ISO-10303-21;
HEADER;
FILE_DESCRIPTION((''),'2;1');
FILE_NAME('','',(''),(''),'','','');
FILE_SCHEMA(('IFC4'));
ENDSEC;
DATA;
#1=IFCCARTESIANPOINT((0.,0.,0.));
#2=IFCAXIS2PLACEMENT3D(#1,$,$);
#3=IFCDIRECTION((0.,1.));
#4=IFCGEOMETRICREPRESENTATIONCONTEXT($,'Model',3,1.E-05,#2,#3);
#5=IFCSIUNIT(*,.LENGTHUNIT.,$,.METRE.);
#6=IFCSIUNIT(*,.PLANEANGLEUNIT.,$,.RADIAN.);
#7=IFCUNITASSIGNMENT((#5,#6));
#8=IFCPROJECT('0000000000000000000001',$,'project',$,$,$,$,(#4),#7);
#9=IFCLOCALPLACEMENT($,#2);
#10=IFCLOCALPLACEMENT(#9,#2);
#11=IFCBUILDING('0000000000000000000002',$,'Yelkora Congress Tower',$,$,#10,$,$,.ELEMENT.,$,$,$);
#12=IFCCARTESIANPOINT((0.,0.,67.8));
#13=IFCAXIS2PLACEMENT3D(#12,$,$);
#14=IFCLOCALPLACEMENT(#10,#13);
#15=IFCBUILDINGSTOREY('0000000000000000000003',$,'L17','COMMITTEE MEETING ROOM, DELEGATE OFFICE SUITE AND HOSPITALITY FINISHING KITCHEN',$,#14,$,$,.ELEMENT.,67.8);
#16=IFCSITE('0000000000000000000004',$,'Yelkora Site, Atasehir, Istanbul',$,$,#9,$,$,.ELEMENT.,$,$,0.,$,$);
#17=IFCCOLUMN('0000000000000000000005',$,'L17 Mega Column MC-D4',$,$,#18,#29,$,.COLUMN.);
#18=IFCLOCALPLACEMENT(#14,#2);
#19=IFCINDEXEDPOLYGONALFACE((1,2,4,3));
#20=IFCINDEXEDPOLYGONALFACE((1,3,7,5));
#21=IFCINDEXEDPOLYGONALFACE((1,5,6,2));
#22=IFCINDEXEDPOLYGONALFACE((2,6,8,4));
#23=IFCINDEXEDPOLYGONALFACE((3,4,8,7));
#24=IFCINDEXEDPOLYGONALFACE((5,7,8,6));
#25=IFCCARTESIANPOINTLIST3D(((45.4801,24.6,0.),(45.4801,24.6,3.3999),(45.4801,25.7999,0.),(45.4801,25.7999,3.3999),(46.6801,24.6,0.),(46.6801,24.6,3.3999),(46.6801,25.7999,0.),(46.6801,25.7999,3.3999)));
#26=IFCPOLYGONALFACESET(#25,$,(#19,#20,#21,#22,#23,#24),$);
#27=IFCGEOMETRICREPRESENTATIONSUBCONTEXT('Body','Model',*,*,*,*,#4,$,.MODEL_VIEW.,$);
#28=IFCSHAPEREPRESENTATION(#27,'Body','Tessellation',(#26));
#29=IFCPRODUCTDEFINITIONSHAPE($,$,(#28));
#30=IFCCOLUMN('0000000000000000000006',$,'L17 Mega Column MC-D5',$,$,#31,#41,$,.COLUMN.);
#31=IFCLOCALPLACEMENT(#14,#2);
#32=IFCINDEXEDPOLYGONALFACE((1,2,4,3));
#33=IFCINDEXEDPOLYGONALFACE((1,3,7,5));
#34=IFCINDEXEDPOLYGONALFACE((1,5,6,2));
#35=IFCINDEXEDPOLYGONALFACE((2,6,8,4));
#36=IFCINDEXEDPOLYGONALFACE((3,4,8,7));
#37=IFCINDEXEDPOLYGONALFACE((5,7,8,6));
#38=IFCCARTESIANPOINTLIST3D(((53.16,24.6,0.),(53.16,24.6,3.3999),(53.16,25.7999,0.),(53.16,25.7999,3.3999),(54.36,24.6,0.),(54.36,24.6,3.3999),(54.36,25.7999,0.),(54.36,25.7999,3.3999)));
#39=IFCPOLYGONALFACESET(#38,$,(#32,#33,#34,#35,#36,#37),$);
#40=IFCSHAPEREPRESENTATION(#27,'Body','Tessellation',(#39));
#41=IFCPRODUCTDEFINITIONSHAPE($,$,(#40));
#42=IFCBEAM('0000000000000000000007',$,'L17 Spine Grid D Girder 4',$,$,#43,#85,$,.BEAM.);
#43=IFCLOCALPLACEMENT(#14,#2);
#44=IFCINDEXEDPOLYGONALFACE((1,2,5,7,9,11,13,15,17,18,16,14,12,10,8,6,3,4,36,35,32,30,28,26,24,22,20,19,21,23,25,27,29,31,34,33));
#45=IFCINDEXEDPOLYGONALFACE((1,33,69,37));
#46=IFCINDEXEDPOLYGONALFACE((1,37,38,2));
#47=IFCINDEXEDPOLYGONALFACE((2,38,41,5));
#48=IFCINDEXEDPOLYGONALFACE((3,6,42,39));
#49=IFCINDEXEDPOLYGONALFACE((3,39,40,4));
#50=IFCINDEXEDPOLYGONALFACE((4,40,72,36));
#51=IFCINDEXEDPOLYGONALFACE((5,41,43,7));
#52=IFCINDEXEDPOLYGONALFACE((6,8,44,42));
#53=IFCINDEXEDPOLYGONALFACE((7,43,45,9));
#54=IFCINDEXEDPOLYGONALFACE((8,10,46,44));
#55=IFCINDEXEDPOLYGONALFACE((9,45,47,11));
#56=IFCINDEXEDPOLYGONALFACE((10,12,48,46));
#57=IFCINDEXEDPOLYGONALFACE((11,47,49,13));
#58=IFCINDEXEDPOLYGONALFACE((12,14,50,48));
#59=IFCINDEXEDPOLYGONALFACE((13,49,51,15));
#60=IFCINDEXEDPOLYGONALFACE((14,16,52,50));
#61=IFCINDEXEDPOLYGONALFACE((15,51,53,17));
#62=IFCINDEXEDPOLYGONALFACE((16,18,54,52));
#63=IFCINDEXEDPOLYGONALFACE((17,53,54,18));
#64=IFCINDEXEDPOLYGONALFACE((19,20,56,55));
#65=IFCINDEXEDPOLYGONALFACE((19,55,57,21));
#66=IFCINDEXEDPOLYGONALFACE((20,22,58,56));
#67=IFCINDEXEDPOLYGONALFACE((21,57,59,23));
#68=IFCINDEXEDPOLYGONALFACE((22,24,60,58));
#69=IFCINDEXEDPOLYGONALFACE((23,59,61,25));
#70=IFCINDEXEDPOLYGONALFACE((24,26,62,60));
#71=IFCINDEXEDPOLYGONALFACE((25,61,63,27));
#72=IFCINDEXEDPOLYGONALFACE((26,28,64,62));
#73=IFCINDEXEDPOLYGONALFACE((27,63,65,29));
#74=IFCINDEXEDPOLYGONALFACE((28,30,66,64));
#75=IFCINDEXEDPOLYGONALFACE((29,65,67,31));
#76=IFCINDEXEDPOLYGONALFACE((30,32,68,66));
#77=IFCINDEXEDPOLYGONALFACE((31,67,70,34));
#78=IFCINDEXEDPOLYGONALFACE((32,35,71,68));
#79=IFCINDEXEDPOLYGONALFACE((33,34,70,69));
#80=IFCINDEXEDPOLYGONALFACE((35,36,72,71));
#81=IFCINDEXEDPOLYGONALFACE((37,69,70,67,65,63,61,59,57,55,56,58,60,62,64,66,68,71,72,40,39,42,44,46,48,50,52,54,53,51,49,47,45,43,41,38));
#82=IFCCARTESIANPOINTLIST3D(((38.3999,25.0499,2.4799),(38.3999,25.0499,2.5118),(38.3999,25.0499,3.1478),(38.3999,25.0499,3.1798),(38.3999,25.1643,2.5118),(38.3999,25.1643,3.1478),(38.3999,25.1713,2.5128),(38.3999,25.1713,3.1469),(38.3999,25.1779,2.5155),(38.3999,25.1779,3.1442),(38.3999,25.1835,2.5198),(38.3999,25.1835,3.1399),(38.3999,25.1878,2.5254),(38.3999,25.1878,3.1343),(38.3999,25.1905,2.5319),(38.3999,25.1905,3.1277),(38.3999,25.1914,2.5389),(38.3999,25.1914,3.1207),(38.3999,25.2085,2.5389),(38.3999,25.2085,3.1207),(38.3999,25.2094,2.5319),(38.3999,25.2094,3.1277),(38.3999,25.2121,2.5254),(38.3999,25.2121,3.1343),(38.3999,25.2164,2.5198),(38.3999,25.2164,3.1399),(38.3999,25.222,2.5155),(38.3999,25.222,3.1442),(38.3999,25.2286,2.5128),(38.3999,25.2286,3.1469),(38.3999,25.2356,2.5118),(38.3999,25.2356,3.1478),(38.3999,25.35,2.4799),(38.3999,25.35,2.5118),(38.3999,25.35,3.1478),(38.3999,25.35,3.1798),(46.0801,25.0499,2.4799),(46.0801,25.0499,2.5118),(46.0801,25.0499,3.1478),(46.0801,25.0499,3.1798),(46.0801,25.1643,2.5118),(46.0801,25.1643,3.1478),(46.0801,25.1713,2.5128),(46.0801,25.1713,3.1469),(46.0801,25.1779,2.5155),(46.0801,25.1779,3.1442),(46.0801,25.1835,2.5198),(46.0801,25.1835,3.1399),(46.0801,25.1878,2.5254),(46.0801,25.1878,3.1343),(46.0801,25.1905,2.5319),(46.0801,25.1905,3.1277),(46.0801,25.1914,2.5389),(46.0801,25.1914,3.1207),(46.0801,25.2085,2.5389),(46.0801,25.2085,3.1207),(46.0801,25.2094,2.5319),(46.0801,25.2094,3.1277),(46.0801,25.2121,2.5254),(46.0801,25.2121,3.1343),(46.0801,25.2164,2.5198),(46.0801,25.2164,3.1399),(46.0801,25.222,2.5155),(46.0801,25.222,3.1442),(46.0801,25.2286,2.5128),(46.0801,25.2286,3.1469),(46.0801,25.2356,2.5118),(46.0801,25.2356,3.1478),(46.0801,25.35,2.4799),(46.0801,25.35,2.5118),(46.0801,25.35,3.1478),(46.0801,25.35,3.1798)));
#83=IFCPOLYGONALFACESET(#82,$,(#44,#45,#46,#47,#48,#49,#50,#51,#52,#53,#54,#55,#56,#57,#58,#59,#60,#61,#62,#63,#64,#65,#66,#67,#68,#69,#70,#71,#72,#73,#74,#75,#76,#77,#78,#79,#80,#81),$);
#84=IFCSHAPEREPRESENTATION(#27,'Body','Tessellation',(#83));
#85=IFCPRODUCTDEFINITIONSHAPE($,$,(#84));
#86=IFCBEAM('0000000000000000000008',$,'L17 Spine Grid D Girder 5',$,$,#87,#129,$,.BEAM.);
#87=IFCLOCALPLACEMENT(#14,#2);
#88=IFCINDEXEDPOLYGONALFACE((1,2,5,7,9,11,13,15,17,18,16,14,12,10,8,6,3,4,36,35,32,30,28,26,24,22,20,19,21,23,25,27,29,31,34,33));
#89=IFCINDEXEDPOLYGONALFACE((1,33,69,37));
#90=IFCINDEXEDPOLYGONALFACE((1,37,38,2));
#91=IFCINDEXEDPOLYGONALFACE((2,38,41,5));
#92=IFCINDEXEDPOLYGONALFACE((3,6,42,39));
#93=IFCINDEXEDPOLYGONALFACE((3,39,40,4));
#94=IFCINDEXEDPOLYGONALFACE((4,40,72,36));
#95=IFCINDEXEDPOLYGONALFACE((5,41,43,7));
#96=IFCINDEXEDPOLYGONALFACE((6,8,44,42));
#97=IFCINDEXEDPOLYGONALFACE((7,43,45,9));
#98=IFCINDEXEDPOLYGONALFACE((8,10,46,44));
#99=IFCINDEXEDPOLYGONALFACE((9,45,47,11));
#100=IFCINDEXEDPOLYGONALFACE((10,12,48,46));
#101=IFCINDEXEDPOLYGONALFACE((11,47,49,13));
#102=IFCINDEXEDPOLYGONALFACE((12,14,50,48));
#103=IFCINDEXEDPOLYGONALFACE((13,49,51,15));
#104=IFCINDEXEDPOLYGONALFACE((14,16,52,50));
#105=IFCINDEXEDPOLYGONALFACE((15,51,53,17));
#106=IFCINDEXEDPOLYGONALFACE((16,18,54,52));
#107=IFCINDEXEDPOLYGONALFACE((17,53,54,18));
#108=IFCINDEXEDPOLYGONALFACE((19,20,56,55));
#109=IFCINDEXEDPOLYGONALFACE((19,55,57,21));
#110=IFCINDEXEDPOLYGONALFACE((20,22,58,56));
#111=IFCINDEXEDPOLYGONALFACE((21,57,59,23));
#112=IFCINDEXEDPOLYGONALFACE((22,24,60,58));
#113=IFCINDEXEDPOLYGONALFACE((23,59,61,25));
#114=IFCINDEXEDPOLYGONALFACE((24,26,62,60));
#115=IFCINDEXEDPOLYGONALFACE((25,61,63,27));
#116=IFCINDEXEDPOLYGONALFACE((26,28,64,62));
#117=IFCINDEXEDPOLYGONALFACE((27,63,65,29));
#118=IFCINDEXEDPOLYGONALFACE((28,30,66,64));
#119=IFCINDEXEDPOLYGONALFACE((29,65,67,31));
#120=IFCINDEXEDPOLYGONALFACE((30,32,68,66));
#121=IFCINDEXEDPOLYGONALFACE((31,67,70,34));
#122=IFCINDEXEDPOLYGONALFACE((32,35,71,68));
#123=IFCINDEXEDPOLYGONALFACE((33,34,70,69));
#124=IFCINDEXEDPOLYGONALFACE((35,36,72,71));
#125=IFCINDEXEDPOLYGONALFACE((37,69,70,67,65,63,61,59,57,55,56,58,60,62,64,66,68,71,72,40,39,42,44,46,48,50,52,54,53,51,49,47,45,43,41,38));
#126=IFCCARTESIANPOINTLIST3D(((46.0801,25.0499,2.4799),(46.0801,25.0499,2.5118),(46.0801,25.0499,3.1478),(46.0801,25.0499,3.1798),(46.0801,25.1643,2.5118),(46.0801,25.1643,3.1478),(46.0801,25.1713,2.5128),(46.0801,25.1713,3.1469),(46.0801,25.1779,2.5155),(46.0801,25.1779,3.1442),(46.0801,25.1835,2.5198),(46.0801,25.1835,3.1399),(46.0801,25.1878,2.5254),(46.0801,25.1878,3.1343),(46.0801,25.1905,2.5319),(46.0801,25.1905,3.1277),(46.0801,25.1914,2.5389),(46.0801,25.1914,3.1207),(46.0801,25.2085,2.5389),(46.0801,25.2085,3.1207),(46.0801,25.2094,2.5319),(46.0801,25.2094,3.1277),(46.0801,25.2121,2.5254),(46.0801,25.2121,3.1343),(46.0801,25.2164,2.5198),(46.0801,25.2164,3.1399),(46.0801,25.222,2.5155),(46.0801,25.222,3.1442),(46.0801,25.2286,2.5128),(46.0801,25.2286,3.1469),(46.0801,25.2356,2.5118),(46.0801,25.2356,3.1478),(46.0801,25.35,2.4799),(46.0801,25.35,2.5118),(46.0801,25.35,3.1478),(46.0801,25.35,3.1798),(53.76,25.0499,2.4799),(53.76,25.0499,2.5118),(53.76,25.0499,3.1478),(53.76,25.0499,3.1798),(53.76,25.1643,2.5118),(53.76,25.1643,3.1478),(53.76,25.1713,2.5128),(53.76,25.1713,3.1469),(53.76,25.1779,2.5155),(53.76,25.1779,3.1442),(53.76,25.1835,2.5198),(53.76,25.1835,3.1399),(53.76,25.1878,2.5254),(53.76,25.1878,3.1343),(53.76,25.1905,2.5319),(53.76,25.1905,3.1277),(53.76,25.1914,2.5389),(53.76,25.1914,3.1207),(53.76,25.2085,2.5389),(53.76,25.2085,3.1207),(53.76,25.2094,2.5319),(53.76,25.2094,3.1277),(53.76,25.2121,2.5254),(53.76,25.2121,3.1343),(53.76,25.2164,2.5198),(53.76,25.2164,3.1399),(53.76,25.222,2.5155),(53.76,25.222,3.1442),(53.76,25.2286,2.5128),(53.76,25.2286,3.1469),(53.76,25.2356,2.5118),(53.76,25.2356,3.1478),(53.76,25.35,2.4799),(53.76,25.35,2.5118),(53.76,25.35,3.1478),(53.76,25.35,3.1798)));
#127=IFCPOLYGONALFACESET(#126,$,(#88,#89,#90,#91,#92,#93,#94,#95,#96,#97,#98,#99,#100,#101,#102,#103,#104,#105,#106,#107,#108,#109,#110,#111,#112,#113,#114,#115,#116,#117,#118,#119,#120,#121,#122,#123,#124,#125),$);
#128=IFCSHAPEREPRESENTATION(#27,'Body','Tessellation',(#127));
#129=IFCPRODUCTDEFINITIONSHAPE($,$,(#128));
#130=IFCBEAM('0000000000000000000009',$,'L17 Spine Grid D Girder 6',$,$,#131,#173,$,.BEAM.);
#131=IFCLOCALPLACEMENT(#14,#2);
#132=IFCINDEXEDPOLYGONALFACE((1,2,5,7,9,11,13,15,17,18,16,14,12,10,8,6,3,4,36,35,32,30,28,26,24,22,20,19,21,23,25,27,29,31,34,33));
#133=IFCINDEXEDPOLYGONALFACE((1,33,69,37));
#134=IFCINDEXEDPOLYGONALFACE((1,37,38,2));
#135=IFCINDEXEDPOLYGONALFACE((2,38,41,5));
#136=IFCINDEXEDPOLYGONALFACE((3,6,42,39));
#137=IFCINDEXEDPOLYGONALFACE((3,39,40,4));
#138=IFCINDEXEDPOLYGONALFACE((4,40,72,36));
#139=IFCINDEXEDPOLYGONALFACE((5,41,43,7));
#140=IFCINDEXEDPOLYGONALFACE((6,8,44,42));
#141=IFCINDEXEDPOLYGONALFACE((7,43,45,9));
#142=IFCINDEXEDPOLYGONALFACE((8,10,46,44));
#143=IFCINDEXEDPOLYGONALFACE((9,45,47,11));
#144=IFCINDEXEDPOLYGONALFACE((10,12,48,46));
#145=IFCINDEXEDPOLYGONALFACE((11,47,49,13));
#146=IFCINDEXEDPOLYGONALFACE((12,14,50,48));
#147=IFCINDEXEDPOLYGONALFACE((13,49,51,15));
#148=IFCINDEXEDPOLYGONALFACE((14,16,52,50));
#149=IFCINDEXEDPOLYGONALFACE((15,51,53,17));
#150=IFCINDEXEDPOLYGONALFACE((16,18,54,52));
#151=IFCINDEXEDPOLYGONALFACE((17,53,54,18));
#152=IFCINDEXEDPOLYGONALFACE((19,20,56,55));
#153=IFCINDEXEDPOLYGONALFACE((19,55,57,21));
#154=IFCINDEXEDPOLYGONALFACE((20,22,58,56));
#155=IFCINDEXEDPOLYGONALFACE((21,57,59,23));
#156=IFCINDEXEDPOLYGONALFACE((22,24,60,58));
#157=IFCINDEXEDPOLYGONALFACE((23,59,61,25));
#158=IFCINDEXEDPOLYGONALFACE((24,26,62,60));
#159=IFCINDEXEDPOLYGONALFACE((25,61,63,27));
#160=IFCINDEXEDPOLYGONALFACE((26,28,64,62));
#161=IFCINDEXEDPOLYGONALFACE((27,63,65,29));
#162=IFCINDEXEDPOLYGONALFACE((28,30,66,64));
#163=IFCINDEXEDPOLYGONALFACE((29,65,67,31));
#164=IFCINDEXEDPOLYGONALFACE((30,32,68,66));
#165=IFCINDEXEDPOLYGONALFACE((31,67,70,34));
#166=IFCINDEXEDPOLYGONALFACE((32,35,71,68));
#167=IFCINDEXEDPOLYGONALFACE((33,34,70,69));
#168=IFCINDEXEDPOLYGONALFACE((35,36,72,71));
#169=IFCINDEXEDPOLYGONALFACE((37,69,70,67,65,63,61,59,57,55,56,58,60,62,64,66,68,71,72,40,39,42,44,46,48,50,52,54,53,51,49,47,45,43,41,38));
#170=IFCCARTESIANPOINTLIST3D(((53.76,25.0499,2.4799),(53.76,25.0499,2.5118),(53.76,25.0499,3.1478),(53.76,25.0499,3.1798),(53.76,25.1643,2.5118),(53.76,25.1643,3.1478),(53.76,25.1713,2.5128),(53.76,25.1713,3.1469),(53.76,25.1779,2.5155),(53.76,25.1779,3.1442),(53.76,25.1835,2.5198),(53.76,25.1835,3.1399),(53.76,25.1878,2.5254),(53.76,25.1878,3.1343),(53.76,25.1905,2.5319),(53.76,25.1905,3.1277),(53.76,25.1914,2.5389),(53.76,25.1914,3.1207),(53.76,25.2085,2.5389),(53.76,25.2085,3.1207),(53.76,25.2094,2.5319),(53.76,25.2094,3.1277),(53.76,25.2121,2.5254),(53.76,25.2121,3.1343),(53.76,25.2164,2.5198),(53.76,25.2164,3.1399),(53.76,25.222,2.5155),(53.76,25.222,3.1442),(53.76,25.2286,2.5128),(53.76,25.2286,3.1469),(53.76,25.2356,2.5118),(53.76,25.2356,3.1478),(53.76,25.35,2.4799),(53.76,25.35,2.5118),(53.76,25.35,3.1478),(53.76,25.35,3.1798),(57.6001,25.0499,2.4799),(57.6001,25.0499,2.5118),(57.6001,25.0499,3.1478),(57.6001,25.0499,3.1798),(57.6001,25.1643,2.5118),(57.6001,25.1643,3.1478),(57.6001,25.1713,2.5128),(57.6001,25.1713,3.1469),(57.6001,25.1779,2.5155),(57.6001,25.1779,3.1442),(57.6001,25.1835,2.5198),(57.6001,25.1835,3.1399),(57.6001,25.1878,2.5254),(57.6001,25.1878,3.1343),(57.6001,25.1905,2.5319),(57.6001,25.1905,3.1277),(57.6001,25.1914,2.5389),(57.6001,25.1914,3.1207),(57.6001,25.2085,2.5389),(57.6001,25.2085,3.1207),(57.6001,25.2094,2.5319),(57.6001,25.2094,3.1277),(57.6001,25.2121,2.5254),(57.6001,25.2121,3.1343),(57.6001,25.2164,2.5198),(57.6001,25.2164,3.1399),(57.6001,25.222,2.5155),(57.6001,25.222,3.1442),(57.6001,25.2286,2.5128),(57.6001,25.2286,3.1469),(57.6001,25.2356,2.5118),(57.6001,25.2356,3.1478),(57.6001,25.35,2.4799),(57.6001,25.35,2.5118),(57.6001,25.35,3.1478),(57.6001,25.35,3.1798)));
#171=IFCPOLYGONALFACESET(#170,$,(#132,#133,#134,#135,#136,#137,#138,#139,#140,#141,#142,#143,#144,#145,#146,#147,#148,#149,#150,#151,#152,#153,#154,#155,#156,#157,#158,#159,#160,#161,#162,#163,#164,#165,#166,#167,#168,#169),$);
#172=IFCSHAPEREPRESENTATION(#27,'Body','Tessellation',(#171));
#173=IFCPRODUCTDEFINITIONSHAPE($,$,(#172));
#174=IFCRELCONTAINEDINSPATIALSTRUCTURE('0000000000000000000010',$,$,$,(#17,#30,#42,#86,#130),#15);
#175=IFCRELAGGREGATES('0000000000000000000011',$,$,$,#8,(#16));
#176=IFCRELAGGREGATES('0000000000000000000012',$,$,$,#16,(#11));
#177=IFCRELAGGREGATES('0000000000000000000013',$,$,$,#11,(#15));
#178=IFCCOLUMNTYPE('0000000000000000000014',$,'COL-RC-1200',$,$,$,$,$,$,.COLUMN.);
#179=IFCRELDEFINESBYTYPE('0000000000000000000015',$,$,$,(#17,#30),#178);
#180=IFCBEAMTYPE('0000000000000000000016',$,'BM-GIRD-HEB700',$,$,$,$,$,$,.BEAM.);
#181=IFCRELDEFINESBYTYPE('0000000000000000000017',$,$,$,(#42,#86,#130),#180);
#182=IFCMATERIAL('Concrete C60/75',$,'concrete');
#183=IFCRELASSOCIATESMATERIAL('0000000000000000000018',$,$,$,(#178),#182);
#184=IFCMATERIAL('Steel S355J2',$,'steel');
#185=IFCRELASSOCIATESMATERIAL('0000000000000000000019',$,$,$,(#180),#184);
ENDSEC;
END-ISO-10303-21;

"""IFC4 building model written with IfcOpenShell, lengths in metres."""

from ifc_helpers import new_model, si_unit, direction, frame, origin, origin_2d, place, context, subcontext, project, spatial, rectangle, i_section, extrude, material, material_profile, profile_set, type_object, element, save


model = new_model("IFC4")

# Units and contexts
model_context = context("Model", 3, precision=1e-05, world=origin(), true_north=direction((0.0, 1.0)))
body_context = subcontext(model_context, "Body", "Model", "MODEL_VIEW")
ifc_project = project(units=[si_unit("LENGTHUNIT", "METRE"), si_unit("PLANEANGLEUNIT", "RADIAN")], contexts=[model_context])

# Site, building, storey
site_placement = place(None, origin())
site = spatial("IfcSite", under=ifc_project, at=site_placement, Name="Yelkora Site, Atasehir, Istanbul", CompositionType="ELEMENT", RefElevation=0.0)
building_placement = place(site_placement, origin())
building = spatial("IfcBuilding", under=site, at=building_placement, Name="Yelkora Congress Tower", CompositionType="ELEMENT")
storey_placement = place(building_placement, frame((0.0, 0.0, 67.8)))
storey = spatial("IfcBuildingStorey", under=building, at=storey_placement, Name="L17", Description="COMMITTEE MEETING ROOM, DELEGATE OFFICE SUITE AND HOSPITALITY FINISHING KITCHEN", CompositionType="ELEMENT", Elevation=67.8)

# Columns
ifc_material_1 = material(Name="Concrete C60/75", Category="concrete")
ifc_material_profile_1 = material_profile(ifc_material_1, rectangle(XDim=1.2, YDim=1.2, at=origin_2d()), Name="RC 1200x1200")
ifc_profile_set_1 = profile_set([ifc_material_profile_1], Name="Concrete C60/75")
column_type = type_object("IfcColumnType", Name="COL-RC-1200", PredefinedType="COLUMN", material=ifc_profile_set_1)
for number, where, z_axis, x_axis, name in (
    (1, (46.0801, 25.2, 0.0), (0.0, 0.0, 1.0), (1.0, 0.0, 0.0), "L17 Mega Column MC-D4"),
    (2, (53.76, 25.2, 0.0), (0.0, 0.0, 1.0), (1.0, 0.0, 0.0), "L17 Mega Column MC-D5"),
):
    element("IfcColumn", number, at=place(storey_placement, frame(where, z_axis=z_axis, x_axis=x_axis)), inside=storey, type_object=column_type, Name=name, PredefinedType="COLUMN", context=body_context, shape_type="SweptSolid", body=[
        extrude(rectangle(XDim=1.2, YDim=1.2, at=origin_2d()), origin(), (0.0, 0.0, 1.0), 3.3999),
    ])

# Beams
ifc_material_2 = material(Name="Steel S355J2", Category="steel")
ifc_material_profile_2 = material_profile(ifc_material_2, i_section(OverallWidth=0.3, OverallDepth=0.7, WebThickness=0.0171, FlangeThickness=0.032, FilletRadius=0.0271, at=origin_2d()), Name="HEB 700")
ifc_profile_set_2 = profile_set([ifc_material_profile_2], Name="Steel S355J2")
beam_type_1 = type_object("IfcBeamType", Name="BM-GIRD-HEB700", PredefinedType="BEAM", material=ifc_profile_set_2)
beam_1_placement = place(storey_placement, frame((38.3999, 25.2, 2.8298), z_axis=(1.0, 0.0, 0.0), x_axis=(0.0, 1.0, 0.0)))
element("IfcBeam", 3, at=beam_1_placement, inside=storey, type_object=beam_type_1, Name="L17 Spine Grid D Girder 4", PredefinedType="BEAM", context=body_context, shape_type="SweptSolid", body=[
    extrude(i_section(OverallWidth=0.3, OverallDepth=0.7, WebThickness=0.0171, FlangeThickness=0.032, FilletRadius=0.0271, at=origin_2d()), origin(), (0.0, 0.0, 1.0), 7.6802),
])
beam_2_placement = place(storey_placement, frame((46.0801, 25.2, 2.8298), z_axis=(1.0, 0.0, 0.0), x_axis=(0.0, 1.0, 0.0)))
element("IfcBeam", 4, at=beam_2_placement, inside=storey, type_object=beam_type_1, Name="L17 Spine Grid D Girder 5", PredefinedType="BEAM", context=body_context, shape_type="SweptSolid", body=[
    extrude(i_section(OverallWidth=0.3, OverallDepth=0.7, WebThickness=0.0171, FlangeThickness=0.032, FilletRadius=0.0271, at=origin_2d()), origin(), (0.0, 0.0, 1.0), 7.6799),
])
beam_3_placement = place(storey_placement, frame((53.76, 25.2, 2.8298), z_axis=(1.0, 0.0, 0.0), x_axis=(0.0, 1.0, 0.0)))
element("IfcBeam", 5, at=beam_3_placement, inside=storey, type_object=beam_type_1, Name="L17 Spine Grid D Girder 6", PredefinedType="BEAM", context=body_context, shape_type="SweptSolid", body=[
    extrude(i_section(OverallWidth=0.3, OverallDepth=0.7, WebThickness=0.0171, FlangeThickness=0.032, FilletRadius=0.0271, at=origin_2d()), origin(), (0.0, 0.0, 1.0), 3.8401),
])

save(model, "model.ifc")
